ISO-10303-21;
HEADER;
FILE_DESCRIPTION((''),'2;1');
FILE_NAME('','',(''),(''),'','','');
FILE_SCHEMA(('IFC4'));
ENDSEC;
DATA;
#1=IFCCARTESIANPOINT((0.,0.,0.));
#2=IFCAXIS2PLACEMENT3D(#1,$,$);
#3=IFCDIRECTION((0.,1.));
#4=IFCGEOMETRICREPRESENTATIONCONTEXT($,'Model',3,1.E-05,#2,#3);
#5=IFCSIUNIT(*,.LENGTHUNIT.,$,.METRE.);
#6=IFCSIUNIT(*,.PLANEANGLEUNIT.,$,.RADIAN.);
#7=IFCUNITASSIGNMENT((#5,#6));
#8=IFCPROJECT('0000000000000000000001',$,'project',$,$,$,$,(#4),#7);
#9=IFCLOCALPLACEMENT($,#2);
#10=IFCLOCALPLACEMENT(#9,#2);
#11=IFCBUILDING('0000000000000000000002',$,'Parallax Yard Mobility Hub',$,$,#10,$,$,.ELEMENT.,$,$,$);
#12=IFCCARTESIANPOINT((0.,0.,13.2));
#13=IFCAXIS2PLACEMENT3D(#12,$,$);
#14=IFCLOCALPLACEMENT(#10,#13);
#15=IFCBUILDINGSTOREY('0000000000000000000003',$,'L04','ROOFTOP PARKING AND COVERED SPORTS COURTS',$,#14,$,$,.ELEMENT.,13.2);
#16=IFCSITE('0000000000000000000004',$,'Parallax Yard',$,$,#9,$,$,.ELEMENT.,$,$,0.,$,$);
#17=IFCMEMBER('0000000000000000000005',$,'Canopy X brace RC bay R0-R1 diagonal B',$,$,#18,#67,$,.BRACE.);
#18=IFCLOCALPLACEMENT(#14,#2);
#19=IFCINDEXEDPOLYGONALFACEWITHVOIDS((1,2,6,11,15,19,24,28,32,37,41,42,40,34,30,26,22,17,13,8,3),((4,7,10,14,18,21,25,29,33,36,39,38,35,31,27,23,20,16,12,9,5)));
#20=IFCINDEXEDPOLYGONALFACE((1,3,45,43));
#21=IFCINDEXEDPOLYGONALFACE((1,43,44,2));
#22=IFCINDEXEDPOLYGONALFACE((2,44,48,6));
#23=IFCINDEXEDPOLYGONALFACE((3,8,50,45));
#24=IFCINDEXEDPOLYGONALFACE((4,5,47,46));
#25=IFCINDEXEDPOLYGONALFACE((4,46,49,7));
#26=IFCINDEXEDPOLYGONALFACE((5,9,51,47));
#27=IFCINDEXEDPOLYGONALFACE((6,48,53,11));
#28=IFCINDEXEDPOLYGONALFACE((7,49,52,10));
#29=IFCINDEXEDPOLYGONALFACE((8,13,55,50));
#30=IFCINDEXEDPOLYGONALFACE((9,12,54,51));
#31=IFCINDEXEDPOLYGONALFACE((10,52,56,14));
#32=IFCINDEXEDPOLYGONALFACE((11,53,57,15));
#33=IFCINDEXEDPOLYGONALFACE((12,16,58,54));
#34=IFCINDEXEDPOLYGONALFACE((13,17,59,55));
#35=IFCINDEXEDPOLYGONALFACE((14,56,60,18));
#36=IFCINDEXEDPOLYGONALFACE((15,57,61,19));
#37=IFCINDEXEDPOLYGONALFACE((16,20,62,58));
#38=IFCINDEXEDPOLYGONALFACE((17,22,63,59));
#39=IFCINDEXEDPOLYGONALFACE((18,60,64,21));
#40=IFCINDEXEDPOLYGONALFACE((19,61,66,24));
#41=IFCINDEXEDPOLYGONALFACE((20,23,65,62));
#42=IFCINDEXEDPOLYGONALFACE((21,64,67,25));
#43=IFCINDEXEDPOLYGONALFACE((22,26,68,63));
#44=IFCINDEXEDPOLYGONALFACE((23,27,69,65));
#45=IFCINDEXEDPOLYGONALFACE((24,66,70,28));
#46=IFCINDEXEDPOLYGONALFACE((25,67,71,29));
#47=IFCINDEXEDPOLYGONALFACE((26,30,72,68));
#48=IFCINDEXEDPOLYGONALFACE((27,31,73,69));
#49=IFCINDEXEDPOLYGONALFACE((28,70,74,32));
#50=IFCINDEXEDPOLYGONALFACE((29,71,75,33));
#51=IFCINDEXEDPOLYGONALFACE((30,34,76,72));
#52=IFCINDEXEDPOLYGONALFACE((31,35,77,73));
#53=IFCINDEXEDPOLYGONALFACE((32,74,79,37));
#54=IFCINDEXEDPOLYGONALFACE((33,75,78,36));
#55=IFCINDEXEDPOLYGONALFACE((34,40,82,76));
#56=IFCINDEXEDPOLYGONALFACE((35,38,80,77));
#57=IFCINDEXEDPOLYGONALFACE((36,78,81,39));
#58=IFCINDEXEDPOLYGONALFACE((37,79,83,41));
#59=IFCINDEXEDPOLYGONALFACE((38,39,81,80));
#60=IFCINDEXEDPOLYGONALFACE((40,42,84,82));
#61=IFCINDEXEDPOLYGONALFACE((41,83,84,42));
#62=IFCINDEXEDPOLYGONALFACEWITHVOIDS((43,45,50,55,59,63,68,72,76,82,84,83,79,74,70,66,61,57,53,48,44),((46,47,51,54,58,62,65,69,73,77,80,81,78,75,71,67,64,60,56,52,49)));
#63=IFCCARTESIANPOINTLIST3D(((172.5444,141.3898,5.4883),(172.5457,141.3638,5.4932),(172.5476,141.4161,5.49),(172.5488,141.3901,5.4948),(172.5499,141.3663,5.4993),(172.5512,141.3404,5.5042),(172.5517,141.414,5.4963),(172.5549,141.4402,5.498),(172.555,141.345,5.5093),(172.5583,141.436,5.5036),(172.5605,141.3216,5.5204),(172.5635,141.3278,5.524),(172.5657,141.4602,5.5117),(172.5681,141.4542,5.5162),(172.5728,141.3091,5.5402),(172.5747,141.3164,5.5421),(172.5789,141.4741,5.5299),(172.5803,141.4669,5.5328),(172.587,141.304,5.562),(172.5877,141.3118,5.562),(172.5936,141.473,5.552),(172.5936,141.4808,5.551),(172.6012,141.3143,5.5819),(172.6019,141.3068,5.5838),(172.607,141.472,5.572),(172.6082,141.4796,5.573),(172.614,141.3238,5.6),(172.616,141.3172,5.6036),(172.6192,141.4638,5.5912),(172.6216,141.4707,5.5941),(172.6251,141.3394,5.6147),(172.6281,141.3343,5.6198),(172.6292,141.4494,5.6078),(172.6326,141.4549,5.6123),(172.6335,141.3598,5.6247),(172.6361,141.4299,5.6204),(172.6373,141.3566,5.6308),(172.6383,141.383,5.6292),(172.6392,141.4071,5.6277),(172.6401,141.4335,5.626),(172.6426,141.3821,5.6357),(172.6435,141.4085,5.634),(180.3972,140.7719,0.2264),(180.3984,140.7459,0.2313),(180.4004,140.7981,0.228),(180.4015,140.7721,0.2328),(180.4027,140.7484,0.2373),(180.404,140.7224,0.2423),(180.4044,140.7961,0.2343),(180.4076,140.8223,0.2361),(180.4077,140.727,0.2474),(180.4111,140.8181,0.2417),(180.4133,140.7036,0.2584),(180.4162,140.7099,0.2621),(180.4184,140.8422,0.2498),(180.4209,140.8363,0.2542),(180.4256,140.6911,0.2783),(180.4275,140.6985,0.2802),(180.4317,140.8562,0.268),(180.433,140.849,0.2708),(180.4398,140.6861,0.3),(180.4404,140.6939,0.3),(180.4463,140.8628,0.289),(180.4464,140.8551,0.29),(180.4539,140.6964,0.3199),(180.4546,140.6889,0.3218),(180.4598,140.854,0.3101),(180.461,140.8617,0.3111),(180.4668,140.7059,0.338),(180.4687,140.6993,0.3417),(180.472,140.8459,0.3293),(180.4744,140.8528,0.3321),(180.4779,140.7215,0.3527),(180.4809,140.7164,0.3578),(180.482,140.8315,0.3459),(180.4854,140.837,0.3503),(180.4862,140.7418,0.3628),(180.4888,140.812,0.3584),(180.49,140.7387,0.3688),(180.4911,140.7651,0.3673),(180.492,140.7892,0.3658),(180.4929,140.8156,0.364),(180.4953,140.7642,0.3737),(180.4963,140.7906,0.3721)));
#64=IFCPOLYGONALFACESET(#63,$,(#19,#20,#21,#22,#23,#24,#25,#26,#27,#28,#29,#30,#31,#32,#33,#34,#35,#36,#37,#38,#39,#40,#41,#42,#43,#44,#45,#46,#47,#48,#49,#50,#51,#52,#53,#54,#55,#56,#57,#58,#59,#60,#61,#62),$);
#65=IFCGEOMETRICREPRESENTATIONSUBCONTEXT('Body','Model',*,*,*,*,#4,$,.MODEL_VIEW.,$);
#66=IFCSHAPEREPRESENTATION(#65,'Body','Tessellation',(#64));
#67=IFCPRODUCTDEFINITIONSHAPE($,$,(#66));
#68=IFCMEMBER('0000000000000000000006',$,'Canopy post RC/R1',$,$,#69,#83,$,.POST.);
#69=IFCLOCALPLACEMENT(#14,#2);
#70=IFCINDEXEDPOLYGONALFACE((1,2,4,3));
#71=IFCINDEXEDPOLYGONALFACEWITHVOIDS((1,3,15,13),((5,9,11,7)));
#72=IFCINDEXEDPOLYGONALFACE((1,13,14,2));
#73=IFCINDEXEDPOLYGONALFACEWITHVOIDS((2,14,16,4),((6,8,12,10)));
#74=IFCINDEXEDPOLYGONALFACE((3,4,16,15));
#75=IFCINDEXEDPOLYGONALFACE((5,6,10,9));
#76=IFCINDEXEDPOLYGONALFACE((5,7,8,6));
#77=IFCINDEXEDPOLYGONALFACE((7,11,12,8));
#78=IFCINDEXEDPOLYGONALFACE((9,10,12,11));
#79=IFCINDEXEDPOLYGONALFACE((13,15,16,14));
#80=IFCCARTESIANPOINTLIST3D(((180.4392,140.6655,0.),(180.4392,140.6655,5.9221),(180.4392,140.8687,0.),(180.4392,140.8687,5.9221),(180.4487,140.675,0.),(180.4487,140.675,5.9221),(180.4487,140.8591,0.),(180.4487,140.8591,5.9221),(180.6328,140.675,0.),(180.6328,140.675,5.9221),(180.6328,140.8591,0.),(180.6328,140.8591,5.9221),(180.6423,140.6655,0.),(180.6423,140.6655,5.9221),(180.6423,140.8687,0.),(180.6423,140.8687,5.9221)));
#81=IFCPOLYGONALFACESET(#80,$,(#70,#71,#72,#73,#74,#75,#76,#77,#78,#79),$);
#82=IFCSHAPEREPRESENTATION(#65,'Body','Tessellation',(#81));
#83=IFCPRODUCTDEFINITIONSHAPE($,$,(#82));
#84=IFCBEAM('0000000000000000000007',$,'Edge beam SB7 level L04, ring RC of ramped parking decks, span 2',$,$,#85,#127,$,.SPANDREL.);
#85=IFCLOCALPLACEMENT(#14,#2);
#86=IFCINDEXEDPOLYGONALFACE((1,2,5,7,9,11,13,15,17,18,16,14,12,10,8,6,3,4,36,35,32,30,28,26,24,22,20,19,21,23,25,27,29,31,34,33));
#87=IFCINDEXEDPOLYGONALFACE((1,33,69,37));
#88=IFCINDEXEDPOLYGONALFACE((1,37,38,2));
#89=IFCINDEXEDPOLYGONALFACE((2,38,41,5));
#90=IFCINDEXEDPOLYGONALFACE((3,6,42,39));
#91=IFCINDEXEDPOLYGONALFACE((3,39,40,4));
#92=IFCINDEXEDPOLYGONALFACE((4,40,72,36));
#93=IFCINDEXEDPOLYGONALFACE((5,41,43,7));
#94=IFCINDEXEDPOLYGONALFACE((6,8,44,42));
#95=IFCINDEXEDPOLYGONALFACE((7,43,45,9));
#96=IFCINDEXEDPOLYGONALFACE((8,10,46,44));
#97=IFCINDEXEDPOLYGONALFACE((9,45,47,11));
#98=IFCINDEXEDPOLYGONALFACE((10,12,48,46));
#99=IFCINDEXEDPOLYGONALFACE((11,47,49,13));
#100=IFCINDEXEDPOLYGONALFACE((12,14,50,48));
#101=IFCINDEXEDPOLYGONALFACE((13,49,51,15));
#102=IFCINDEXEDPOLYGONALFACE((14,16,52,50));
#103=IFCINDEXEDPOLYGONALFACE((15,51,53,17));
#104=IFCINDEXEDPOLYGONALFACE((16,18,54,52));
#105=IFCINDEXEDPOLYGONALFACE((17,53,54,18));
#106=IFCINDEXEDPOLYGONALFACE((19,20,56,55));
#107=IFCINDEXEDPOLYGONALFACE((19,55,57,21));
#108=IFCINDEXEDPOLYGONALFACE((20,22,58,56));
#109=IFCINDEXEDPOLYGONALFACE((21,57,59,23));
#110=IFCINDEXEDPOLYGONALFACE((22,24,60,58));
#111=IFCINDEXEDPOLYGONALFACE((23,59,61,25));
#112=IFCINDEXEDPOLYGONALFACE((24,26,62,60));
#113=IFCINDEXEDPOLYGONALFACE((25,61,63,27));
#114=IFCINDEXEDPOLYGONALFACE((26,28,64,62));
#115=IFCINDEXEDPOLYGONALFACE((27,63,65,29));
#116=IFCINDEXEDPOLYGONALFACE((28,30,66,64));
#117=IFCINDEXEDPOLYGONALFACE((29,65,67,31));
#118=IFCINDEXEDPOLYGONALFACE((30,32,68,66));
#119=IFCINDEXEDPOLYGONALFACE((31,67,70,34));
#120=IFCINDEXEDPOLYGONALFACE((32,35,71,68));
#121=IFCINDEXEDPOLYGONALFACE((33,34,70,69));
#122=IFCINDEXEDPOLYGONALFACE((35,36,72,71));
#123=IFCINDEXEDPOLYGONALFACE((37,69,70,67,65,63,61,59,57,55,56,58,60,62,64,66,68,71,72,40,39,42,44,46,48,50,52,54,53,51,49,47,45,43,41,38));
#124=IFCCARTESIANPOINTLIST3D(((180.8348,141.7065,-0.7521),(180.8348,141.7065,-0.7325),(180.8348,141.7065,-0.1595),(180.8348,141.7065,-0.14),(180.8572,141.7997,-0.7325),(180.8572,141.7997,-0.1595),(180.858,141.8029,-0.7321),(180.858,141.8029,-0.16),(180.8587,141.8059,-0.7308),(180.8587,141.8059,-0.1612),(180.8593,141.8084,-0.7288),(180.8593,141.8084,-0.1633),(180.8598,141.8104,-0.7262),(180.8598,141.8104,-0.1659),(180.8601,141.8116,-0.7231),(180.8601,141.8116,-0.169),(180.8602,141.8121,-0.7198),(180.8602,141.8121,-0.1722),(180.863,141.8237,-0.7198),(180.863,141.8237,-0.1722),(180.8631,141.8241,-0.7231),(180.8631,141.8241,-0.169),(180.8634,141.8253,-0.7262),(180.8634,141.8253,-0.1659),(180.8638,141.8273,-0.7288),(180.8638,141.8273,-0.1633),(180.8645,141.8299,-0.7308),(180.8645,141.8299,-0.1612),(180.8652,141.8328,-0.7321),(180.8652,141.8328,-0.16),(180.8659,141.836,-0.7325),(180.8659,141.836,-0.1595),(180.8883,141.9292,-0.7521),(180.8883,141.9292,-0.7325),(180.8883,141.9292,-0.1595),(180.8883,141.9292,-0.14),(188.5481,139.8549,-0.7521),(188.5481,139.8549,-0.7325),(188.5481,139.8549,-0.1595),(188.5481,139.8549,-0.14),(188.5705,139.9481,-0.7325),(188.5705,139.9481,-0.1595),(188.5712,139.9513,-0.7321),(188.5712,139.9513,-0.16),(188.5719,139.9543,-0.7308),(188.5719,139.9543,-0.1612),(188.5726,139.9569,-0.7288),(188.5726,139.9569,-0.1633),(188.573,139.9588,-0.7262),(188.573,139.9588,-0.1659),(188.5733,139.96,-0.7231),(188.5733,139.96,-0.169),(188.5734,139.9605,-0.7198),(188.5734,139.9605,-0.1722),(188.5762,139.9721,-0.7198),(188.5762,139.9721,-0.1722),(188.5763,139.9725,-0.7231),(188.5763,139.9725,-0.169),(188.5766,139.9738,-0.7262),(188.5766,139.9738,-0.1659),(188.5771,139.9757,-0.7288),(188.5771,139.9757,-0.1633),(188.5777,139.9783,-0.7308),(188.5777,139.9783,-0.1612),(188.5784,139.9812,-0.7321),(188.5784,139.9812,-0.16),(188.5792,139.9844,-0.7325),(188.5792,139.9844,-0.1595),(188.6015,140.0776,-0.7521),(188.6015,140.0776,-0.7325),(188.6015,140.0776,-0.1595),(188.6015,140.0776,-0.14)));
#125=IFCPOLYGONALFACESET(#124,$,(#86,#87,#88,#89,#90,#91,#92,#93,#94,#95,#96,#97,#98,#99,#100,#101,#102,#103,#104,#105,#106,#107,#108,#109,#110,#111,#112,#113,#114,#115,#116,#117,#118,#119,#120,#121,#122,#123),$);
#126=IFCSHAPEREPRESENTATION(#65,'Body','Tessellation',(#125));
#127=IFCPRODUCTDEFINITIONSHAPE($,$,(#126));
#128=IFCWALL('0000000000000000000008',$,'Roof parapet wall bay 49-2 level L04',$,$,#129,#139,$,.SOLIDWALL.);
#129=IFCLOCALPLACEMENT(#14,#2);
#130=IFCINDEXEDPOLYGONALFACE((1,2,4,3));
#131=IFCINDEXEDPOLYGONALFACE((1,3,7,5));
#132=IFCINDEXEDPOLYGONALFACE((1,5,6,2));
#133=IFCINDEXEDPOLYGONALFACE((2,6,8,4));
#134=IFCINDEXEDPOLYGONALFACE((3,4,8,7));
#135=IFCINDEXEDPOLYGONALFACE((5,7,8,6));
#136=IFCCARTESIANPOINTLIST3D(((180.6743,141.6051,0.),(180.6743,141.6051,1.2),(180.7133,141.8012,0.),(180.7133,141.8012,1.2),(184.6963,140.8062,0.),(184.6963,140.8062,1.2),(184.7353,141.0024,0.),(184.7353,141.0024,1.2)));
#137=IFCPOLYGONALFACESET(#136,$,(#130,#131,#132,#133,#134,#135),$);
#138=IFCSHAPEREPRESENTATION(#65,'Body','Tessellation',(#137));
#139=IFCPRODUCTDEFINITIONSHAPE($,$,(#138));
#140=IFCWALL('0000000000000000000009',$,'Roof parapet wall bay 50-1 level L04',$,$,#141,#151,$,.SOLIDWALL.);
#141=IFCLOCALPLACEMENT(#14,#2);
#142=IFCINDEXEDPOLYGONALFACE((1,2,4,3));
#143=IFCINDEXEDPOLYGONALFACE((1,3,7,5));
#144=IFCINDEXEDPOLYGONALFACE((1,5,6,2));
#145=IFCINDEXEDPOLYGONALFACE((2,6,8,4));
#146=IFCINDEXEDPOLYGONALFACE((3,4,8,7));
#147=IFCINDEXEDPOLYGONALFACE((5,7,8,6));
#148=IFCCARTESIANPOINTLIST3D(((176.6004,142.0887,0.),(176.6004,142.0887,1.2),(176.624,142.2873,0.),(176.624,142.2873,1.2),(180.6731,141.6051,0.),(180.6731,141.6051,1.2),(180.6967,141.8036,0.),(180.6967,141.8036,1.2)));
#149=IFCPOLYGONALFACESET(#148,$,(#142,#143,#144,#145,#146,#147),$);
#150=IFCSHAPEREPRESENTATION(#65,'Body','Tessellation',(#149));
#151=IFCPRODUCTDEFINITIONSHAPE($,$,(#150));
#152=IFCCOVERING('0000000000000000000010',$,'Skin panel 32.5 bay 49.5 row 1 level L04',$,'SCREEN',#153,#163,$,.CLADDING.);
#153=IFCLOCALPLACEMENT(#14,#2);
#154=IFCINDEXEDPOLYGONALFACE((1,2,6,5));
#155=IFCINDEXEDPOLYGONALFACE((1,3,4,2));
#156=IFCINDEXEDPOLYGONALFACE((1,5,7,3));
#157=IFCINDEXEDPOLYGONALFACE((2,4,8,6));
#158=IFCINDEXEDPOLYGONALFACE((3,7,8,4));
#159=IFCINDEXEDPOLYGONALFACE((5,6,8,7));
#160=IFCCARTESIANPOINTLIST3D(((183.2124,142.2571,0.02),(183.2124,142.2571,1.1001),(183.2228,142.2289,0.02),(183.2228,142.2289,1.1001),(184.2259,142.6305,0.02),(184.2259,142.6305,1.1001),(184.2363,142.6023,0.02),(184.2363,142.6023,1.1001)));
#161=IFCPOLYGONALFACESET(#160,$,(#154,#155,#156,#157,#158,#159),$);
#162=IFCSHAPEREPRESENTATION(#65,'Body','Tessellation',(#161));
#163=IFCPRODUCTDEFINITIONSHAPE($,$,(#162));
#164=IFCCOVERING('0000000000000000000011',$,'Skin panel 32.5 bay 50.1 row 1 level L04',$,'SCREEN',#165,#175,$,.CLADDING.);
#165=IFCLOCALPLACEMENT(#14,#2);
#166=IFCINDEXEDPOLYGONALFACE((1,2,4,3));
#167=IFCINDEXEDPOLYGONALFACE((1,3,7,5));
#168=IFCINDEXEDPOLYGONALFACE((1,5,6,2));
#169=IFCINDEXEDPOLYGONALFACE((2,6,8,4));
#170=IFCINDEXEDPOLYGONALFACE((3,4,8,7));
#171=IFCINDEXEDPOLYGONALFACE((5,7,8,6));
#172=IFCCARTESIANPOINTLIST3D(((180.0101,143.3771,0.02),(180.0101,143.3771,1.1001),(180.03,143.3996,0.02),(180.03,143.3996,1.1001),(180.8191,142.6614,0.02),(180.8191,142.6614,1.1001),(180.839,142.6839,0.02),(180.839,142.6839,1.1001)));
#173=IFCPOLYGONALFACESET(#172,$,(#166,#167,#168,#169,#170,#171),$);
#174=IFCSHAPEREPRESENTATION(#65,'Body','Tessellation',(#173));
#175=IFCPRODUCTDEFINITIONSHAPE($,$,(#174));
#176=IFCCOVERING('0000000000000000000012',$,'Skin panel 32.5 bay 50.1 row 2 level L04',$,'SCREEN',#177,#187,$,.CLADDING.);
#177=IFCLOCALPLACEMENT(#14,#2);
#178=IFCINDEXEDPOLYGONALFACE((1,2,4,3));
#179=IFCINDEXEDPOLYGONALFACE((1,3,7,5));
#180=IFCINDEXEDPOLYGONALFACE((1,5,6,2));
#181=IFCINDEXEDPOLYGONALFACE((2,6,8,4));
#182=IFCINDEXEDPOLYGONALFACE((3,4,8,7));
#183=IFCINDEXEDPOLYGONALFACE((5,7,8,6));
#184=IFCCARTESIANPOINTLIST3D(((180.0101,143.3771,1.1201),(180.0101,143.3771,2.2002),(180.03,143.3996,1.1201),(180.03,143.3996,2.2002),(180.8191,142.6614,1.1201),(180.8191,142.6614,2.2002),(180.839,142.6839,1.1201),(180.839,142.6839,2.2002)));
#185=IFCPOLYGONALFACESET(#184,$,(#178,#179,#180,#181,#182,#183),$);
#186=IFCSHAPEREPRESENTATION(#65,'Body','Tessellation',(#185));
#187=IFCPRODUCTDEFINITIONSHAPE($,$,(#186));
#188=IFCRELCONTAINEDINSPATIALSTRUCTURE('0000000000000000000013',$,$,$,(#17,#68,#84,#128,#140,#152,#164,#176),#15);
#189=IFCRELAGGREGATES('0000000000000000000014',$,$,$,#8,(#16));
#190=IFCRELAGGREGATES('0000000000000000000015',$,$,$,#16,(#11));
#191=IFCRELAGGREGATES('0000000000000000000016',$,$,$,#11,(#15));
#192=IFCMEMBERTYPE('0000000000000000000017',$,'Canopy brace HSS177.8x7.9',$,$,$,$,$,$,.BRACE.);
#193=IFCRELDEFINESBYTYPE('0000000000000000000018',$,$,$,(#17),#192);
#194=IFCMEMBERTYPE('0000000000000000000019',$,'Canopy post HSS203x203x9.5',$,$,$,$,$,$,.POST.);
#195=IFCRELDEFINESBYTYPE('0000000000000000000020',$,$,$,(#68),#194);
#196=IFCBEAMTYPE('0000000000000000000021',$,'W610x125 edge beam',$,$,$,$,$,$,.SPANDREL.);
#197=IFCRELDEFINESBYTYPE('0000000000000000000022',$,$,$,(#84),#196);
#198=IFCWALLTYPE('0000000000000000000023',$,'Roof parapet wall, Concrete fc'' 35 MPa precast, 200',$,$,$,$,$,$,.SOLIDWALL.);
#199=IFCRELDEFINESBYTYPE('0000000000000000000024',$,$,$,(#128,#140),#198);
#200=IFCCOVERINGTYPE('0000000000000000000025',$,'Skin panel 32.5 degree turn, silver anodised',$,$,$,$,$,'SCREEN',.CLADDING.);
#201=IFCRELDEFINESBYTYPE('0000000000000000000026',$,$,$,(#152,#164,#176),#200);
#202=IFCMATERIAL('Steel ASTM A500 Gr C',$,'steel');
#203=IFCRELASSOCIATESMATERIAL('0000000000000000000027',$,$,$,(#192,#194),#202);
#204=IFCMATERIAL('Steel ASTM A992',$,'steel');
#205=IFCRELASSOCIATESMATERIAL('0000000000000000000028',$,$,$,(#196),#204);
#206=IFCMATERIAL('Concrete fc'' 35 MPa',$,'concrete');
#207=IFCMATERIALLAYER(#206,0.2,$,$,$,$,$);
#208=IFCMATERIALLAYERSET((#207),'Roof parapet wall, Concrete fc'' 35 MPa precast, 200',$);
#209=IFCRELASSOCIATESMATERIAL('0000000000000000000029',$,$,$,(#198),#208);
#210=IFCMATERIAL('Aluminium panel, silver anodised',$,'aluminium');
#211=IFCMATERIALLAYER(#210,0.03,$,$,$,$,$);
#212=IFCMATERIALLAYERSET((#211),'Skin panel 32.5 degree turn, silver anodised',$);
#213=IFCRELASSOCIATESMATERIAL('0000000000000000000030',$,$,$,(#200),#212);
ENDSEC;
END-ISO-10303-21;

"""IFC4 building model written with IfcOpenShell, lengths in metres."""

from ifc_helpers import new_model, si_unit, direction, frame, frame_2d, origin, origin_2d, place, context, subcontext, project, spatial, rectangle, hollow_rectangle, hollow_circle, i_section, extrude, material, layer, layer_set, material_profile, profile_set, type_object, element, save


model = new_model("IFC4")

# Units and contexts
model_context = context("Model", 3, precision=1e-05, world=origin(), true_north=direction((0.0, 1.0)))
body_context = subcontext(model_context, "Body", "Model", "MODEL_VIEW")
ifc_project = project(units=[si_unit("LENGTHUNIT", "METRE"), si_unit("PLANEANGLEUNIT", "RADIAN")], contexts=[model_context])

# Site, building, storey
site_placement = place(None, origin())
site = spatial("IfcSite", under=ifc_project, at=site_placement, Name="Parallax Yard", CompositionType="ELEMENT", RefElevation=0.0)
building_placement = place(site_placement, origin())
building = spatial("IfcBuilding", under=site, at=building_placement, Name="Parallax Yard Mobility Hub", CompositionType="ELEMENT")
storey_placement = place(building_placement, frame((0.0, 0.0, 13.2)))
storey = spatial("IfcBuildingStorey", under=building, at=storey_placement, Name="L04", Description="ROOFTOP PARKING AND COVERED SPORTS COURTS", CompositionType="ELEMENT", Elevation=13.2)

# Members
ifc_material_1 = material(Name="Steel ASTM A500 Gr C", Category="steel")
ifc_material_profile_1 = material_profile(ifc_material_1, hollow_circle(Radius=0.0889, WallThickness=0.0078, at=origin_2d()), Name="HSS177.8x7.9")
ifc_profile_set_1 = profile_set([ifc_material_profile_1], Name="Steel ASTM A500 Gr C")
member_type_1 = type_object("IfcMemberType", Name="Canopy brace HSS177.8x7.9", PredefinedType="BRACE", material=ifc_profile_set_1)
member_1_placement = place(storey_placement, frame((180.4468, 140.7747, 0.3), z_axis=(-0.828971, 0.06523, 0.555474), x_axis=(-0.078446, -0.996918, 0.0)))
element("IfcMember", 1, at=member_1_placement, inside=storey, type_object=member_type_1, Name="Canopy X brace RC bay R0-R1 diagonal B", PredefinedType="BRACE", context=body_context, shape_type="SweptSolid", body=[
    extrude(hollow_circle(Radius=0.0889, WallThickness=0.0078, at=origin_2d()), origin(), (0.0, 0.0, 1.0), 9.4729),
])
ifc_material_profile_2 = material_profile(ifc_material_1, hollow_rectangle(XDim=0.2031, YDim=0.2031, WallThickness=0.0095, at=origin_2d()), Name="HSS203x203x9.5")
ifc_profile_set_2 = profile_set([ifc_material_profile_2], Name="Steel ASTM A500 Gr C")
member_type_2 = type_object("IfcMemberType", Name="Canopy post HSS203x203x9.5", PredefinedType="POST", material=ifc_profile_set_2)
member_2_placement = place(storey_placement, frame((180.5408, 140.7671, 0.0), z_axis=(0.0, 0.0, 1.0), x_axis=(1.0, 0.0, 0.0)))
element("IfcMember", 2, at=member_2_placement, inside=storey, type_object=member_type_2, Name="Canopy post RC/R1", PredefinedType="POST", context=body_context, shape_type="SweptSolid", body=[
    extrude(hollow_rectangle(XDim=0.2031, YDim=0.2031, WallThickness=0.0095, at=origin_2d()), origin(), (0.0, 0.0, 1.0), 5.9221),
])

# Beam
ifc_material_2 = material(Name="Steel ASTM A992", Category="steel")
ifc_material_profile_3 = material_profile(ifc_material_2, i_section(OverallWidth=0.229, OverallDepth=0.6121, WebThickness=0.012, FlangeThickness=0.0195, FilletRadius=0.0127, at=origin_2d()), Name="W610x125")
ifc_profile_set_3 = profile_set([ifc_material_profile_3], Name="Steel ASTM A992")
beam_type = type_object("IfcBeamType", Name="W610x125 edge beam", PredefinedType="SPANDREL", material=ifc_profile_set_3)
beam_placement = place(storey_placement, frame((180.8616, 141.8179, -0.446), z_axis=(0.972376, -0.233422, 0.0), x_axis=(0.233422, 0.972376, 0.0)))
element("IfcBeam", 3, at=beam_placement, inside=storey, type_object=beam_type, Name="Edge beam SB7 level L04, ring RC of ramped parking decks, span 2", PredefinedType="SPANDREL", context=body_context, shape_type="SweptSolid", body=[
    extrude(i_section(OverallWidth=0.229, OverallDepth=0.6121, WebThickness=0.012, FlangeThickness=0.0195, FilletRadius=0.0127, at=origin_2d()), origin(), (0.0, 0.0, 1.0), 7.9324),
])

# Walls
ifc_material_3 = material(Name="Concrete fc' 35 MPa", Category="concrete")
ifc_layer_1 = layer(ifc_material_3, 0.2)
ifc_layer_set_1 = layer_set([ifc_layer_1], Name="Roof parapet wall, Concrete fc' 35 MPa precast, 200")
wall_type = type_object("IfcWallType", Name="Roof parapet wall, Concrete fc' 35 MPa precast, 200", PredefinedType="SOLIDWALL", material=ifc_layer_set_1)
wall_1_placement = place(storey_placement, frame((184.7158, 140.9043, 0.0), z_axis=(0.0, 0.0, 1.0), x_axis=(-0.980841, 0.194811, 0.0)))
element("IfcWall", 4, at=wall_1_placement, inside=storey, type_object=wall_type, Name="Roof parapet wall bay 49-2 level L04", PredefinedType="SOLIDWALL", context=body_context, shape_type="SweptSolid", body=[
    extrude(rectangle(XDim=4.1006, YDim=0.2, at=frame_2d((2.0503, 0.0))), origin(), (0.0, 0.0, 1.0), 1.2),
])
wall_2_placement = place(storey_placement, frame((180.6851, 141.7043, 0.0), z_axis=(0.0, 0.0, 1.0), x_axis=(-0.993023, 0.117922, 0.0)))
element("IfcWall", 5, at=wall_2_placement, inside=storey, type_object=wall_type, Name="Roof parapet wall bay 50-1 level L04", PredefinedType="SOLIDWALL", context=body_context, shape_type="SweptSolid", body=[
    extrude(rectangle(XDim=4.1013, YDim=0.2, at=frame_2d((2.0508, 0.0))), origin(), (0.0, 0.0, 1.0), 1.2),
])

# Coverings
ifc_material_4 = material(Name="Aluminium panel, silver anodised", Category="aluminium")
ifc_layer_2 = layer(ifc_material_4, 0.03)
ifc_layer_set_2 = layer_set([ifc_layer_2], Name="Skin panel 32.5 degree turn, silver anodised")
covering_type_1 = type_object("IfcCoveringType", Name="Skin panel 32.5 degree turn, silver anodised", ElementType="SCREEN", PredefinedType="CLADDING", material=ifc_layer_set_2)
for number, where, z_axis, x_axis, name in (
    (6, (183.7244, 142.4297, 0.02), (0.0, 0.0, 1.0), (0.938328, 0.345745, 0.0), "Skin panel 32.5 bay 49.5 row 1 level L04"),
    (7, (180.4246, 143.0305, 0.02), (0.0, 0.0, 1.0), (-0.748956, 0.66262, 0.0), "Skin panel 32.5 bay 50.1 row 1 level L04"),
    (8, (180.4246, 143.0305, 1.1201), (0.0, 0.0, 1.0), (-0.748956, 0.66262, 0.0), "Skin panel 32.5 bay 50.1 row 2 level L04"),
):
    element("IfcCovering", number, at=place(storey_placement, frame(where, z_axis=z_axis, x_axis=x_axis)), inside=storey, type_object=covering_type_1, Name=name, ObjectType="SCREEN", PredefinedType="CLADDING", context=body_context, shape_type="SweptSolid", body=[
        extrude(rectangle(XDim=1.0801, YDim=0.03, at=origin_2d()), origin(), (0.0, 0.0, 1.0), 1.0801),
    ])

save(model, "model.ifc")
